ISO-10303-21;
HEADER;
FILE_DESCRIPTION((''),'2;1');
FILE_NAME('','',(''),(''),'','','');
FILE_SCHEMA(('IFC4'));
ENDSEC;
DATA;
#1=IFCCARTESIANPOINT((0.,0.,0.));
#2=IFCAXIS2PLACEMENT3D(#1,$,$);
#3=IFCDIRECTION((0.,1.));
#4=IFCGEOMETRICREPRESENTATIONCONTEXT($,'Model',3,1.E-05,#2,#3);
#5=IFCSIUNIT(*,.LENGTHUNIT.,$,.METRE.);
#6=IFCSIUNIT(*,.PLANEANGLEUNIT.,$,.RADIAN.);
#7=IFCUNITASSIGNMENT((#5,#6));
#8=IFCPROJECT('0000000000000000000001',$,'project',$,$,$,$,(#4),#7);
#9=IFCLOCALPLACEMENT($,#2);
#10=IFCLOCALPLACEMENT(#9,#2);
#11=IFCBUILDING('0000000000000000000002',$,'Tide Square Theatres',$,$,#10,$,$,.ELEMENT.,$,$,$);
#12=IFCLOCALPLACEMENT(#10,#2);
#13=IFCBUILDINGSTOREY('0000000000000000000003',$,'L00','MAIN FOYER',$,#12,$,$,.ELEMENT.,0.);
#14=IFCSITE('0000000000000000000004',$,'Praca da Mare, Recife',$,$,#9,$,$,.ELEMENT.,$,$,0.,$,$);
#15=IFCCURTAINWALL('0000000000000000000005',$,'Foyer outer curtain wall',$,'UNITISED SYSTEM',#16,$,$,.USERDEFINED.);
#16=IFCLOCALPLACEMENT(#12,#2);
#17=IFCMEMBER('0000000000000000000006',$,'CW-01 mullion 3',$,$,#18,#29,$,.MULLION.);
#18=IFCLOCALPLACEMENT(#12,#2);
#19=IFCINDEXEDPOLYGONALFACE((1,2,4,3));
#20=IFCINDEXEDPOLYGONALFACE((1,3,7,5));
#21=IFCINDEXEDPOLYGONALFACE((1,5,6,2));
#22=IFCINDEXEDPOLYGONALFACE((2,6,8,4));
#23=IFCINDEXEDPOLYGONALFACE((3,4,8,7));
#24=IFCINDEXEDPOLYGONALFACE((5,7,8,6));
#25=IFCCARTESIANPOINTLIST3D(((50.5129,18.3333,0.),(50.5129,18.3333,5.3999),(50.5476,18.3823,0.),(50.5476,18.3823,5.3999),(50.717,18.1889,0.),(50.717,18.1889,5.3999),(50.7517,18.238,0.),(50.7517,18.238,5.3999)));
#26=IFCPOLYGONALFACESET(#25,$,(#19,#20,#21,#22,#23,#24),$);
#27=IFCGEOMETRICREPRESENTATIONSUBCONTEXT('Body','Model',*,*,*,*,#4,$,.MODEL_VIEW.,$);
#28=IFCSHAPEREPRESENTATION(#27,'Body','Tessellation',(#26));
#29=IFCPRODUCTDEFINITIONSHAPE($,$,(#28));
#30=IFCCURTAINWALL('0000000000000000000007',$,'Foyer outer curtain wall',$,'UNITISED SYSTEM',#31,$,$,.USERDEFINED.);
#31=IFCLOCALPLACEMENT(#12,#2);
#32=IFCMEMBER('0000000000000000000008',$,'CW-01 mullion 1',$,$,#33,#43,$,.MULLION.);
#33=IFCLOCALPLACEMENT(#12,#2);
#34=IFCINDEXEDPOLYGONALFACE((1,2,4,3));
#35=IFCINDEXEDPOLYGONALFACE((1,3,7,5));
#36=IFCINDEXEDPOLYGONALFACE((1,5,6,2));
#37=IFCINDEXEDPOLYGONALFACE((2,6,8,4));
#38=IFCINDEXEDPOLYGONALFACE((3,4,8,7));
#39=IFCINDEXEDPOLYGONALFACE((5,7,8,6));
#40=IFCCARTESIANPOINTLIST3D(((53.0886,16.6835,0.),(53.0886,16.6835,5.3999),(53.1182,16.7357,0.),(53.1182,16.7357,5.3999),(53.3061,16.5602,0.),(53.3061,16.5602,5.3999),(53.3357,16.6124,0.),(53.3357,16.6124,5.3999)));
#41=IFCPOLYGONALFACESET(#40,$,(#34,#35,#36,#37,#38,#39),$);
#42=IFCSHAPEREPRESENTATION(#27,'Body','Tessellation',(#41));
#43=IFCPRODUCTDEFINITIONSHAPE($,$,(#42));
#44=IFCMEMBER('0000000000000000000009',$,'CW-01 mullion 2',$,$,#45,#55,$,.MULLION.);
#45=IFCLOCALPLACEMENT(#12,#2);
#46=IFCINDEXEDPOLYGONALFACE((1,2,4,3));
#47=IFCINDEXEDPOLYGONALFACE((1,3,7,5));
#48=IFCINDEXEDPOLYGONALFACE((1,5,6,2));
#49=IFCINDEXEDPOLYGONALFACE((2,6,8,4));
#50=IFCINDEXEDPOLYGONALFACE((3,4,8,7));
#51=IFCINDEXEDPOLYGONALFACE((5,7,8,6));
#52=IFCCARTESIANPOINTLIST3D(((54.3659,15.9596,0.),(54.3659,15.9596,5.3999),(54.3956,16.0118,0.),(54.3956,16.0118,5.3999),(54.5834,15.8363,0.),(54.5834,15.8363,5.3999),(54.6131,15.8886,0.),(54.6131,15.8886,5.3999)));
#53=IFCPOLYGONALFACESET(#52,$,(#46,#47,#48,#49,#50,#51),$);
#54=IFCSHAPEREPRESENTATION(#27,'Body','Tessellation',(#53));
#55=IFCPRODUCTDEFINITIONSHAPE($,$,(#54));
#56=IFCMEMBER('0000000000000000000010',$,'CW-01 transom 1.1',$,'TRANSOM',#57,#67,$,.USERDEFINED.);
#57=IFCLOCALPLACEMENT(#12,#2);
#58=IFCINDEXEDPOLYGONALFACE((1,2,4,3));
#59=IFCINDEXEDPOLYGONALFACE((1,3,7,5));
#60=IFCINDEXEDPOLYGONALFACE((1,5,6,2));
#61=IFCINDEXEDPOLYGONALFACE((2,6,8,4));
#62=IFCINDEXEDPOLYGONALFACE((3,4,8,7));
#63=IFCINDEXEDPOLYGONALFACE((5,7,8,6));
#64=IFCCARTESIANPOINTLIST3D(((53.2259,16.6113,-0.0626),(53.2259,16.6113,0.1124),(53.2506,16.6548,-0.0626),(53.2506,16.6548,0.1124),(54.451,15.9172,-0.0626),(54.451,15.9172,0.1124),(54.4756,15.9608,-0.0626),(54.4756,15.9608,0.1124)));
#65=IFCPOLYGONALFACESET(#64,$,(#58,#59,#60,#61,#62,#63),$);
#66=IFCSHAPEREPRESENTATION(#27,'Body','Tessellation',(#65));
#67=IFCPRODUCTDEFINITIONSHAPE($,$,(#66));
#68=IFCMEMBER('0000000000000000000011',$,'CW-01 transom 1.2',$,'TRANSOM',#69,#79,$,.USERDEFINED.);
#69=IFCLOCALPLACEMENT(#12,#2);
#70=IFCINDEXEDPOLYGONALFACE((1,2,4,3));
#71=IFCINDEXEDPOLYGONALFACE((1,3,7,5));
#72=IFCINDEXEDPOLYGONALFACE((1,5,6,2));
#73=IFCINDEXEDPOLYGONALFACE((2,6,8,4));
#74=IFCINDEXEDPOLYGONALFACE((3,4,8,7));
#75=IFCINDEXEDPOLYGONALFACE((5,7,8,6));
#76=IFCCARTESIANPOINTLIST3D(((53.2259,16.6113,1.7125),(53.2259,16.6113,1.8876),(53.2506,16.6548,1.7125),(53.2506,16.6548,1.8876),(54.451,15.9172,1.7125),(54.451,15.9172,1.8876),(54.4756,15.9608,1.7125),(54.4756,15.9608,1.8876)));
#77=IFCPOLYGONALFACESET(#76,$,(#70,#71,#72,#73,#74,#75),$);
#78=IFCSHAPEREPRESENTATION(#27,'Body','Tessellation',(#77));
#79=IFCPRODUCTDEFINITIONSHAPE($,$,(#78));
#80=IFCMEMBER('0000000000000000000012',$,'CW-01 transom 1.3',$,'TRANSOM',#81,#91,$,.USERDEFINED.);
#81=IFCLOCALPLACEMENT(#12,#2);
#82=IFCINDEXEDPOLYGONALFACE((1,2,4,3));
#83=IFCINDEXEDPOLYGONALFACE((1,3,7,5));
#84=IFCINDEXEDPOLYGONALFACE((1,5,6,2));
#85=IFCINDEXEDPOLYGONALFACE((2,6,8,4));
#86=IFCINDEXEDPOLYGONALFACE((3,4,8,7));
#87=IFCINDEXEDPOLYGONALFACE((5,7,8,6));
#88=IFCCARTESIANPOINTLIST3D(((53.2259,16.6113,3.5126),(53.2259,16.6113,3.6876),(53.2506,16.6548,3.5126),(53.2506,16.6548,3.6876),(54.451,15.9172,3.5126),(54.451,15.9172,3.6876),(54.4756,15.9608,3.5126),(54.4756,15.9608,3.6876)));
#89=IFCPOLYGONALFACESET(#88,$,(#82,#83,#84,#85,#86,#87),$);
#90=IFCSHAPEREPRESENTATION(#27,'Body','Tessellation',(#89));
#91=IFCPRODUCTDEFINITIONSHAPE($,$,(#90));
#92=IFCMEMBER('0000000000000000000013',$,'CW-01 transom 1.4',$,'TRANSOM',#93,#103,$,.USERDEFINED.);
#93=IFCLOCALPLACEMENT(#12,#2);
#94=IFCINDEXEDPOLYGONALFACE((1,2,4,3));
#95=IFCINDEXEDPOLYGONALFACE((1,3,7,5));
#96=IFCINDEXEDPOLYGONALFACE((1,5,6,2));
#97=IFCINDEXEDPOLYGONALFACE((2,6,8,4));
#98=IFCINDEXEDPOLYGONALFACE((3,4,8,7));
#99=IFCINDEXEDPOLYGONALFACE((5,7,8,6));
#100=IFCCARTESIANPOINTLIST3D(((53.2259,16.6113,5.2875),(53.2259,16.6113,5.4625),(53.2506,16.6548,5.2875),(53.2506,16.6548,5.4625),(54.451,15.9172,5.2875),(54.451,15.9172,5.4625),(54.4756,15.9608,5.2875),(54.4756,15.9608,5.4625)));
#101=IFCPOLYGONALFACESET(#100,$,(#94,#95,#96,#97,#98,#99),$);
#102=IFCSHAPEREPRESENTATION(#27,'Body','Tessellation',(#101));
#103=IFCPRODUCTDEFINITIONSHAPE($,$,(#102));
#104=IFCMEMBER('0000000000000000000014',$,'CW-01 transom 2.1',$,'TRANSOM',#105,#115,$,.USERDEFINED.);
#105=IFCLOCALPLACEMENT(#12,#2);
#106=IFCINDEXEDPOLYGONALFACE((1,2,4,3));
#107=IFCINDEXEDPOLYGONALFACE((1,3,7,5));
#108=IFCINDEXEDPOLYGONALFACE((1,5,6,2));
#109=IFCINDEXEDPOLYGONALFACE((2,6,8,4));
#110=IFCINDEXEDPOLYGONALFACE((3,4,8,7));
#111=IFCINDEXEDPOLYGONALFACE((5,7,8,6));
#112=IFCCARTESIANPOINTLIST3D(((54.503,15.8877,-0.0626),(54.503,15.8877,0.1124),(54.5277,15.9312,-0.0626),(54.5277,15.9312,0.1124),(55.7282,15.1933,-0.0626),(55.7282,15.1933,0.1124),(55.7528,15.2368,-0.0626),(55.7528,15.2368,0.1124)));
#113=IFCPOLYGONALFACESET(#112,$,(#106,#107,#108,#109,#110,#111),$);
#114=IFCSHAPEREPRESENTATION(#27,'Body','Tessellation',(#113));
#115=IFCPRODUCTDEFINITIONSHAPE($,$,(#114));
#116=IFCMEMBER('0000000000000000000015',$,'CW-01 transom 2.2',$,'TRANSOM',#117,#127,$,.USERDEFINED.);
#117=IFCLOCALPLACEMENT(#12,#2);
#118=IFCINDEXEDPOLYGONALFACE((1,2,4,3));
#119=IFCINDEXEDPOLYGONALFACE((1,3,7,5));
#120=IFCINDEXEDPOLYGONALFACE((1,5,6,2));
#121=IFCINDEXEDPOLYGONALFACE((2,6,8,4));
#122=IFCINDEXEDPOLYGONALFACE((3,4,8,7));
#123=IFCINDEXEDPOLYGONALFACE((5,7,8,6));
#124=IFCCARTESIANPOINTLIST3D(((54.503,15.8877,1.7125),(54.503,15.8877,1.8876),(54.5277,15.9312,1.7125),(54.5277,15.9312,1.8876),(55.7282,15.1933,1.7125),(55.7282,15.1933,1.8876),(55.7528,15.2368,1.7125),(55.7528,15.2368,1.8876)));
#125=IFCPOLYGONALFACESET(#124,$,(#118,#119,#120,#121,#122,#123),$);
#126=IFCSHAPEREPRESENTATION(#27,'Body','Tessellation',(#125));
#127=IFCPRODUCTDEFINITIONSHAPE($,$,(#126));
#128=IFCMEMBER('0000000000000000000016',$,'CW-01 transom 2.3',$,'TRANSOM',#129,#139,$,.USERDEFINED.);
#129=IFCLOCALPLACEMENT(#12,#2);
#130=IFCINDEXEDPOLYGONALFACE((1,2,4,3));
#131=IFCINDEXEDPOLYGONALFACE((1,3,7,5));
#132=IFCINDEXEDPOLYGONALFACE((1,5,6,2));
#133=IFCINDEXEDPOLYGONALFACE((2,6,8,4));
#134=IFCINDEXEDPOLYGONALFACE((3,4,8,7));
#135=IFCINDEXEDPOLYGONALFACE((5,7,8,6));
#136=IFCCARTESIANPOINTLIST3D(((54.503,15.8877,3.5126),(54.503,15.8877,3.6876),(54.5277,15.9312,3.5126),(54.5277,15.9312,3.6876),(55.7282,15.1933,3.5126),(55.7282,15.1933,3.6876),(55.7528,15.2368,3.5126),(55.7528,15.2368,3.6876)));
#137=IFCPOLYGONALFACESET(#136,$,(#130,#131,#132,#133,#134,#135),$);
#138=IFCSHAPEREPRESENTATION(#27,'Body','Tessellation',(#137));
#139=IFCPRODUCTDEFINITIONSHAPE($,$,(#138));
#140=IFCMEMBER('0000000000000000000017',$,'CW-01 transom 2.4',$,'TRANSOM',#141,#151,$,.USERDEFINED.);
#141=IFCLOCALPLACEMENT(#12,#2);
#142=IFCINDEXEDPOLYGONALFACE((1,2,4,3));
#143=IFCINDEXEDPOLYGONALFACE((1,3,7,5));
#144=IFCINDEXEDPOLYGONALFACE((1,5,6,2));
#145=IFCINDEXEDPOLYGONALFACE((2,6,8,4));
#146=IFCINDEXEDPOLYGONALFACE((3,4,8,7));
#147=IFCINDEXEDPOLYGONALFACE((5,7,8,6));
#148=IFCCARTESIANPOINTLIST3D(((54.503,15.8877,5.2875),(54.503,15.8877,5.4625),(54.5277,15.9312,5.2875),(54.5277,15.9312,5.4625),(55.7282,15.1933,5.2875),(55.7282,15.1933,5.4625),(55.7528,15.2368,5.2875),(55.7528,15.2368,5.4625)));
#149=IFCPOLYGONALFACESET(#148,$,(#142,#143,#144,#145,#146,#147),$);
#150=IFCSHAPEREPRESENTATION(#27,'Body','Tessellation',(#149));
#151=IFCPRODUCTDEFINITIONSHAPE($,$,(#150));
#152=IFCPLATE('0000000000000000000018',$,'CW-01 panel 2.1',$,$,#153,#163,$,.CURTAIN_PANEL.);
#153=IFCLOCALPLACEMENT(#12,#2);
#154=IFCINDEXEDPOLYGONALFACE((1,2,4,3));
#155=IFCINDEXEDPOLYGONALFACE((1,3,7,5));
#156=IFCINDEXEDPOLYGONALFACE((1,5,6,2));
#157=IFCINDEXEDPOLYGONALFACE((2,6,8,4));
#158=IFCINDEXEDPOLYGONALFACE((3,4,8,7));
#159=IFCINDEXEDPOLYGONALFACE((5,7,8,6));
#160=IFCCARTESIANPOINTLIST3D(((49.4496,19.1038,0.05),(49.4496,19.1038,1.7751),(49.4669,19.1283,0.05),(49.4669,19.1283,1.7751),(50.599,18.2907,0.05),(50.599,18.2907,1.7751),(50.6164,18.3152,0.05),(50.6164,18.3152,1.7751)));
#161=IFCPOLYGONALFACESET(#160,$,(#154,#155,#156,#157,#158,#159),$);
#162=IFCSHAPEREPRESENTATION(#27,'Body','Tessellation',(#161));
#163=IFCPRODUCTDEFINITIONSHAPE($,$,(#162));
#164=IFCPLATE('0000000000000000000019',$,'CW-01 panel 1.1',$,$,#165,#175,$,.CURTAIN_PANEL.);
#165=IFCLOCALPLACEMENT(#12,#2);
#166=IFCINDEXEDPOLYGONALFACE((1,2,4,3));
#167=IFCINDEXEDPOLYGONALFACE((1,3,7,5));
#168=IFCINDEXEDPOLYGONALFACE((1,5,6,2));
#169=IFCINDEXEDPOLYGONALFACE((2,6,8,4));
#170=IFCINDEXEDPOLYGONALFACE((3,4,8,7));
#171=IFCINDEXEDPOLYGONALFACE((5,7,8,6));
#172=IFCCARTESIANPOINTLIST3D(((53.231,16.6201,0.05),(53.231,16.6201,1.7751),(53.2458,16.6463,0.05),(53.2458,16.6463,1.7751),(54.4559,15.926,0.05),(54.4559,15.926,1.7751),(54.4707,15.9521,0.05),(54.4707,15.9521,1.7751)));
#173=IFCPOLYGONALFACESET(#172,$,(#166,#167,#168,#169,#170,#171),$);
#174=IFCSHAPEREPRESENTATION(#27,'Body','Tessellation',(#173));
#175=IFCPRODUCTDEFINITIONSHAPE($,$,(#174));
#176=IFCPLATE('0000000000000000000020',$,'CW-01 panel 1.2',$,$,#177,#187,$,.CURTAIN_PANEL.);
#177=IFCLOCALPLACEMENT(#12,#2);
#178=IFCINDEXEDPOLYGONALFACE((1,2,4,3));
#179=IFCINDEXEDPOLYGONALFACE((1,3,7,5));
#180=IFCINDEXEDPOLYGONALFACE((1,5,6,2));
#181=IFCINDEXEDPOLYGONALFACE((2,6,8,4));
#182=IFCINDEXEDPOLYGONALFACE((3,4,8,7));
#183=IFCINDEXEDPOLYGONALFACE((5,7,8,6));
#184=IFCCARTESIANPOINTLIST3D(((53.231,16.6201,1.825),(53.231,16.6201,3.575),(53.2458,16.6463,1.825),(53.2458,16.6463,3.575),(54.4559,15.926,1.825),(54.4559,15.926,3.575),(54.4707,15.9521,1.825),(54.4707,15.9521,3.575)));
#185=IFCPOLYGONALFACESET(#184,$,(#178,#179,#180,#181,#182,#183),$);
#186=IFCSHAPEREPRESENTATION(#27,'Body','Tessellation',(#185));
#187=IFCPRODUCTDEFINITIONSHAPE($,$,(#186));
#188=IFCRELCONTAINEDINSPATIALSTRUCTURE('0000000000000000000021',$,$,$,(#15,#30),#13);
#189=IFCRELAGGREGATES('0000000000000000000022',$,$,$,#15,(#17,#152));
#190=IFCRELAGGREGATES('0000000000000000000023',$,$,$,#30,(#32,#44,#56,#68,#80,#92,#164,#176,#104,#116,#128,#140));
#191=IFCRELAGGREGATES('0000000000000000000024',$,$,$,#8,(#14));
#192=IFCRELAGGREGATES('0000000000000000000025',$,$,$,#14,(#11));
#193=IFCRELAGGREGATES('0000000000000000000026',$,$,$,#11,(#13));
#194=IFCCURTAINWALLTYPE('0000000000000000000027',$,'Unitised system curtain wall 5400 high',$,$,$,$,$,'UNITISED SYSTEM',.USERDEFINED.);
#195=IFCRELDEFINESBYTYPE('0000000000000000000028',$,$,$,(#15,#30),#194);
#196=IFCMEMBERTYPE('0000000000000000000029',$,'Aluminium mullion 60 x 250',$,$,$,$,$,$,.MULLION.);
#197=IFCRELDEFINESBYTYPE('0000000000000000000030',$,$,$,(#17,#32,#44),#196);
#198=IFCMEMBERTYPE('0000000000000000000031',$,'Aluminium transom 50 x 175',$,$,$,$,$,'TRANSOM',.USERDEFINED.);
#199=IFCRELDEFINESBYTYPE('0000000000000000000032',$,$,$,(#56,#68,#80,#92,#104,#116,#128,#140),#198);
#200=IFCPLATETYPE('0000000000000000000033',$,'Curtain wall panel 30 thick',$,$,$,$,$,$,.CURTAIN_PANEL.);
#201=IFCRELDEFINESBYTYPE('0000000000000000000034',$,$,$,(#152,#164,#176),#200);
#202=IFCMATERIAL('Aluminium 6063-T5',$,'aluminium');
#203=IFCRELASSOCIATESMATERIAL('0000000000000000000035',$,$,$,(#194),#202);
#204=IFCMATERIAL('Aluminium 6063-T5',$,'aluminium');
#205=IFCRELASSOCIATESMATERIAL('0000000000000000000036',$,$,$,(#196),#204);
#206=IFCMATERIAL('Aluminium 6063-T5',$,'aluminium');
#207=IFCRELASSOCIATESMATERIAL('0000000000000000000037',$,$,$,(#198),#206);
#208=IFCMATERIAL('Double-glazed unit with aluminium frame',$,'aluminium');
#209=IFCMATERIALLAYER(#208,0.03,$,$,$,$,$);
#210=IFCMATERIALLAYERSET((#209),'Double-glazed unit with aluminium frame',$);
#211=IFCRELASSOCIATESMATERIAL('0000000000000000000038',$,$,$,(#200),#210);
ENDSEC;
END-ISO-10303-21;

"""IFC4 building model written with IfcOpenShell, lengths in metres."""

from ifc_helpers import new_model, si_unit, direction, frame, origin, origin_2d, place, context, subcontext, project, spatial, rectangle, extrude, material, layer, layer_set, material_profile, profile_set, type_object, element, aggregate, save


model = new_model("IFC4")

# Units and contexts
model_context = context("Model", 3, precision=1e-05, world=origin(), true_north=direction((0.0, 1.0)))
body_context = subcontext(model_context, "Body", "Model", "MODEL_VIEW")
ifc_project = project(units=[si_unit("LENGTHUNIT", "METRE"), si_unit("PLANEANGLEUNIT", "RADIAN")], contexts=[model_context])

# Site, building, storey
site_placement = place(None, origin())
site = spatial("IfcSite", under=ifc_project, at=site_placement, Name="Praca da Mare, Recife", CompositionType="ELEMENT", RefElevation=0.0)
building_placement = place(site_placement, origin())
building = spatial("IfcBuilding", under=site, at=building_placement, Name="Tide Square Theatres", CompositionType="ELEMENT")
storey_placement = place(building_placement, origin())
storey = spatial("IfcBuildingStorey", under=building, at=storey_placement, Name="L00", Description="MAIN FOYER", CompositionType="ELEMENT", Elevation=0.0)

# Curtain wall, member
ifc_material_1 = material(Name="Aluminium 6063-T5", Category="aluminium")
curtain_wall_type = type_object("IfcCurtainWallType", Name="Unitised system curtain wall 5400 high", ElementType="UNITISED SYSTEM", PredefinedType="USERDEFINED", material=ifc_material_1)
curtain_wall_1_placement = place(storey_placement, origin())
curtain_wall_1 = element("IfcCurtainWall", 1, at=curtain_wall_1_placement, inside=storey, type_object=curtain_wall_type, Name="Foyer outer curtain wall", ObjectType="UNITISED SYSTEM", PredefinedType="USERDEFINED")
ifc_material_2 = material(Name="Aluminium 6063-T5", Category="aluminium")
ifc_material_profile_1 = material_profile(ifc_material_2, rectangle(XDim=0.0601, YDim=0.25, at=origin_2d()))
ifc_profile_set_1 = profile_set([ifc_material_profile_1], Name="Aluminium 6063-T5")
member_type_1 = type_object("IfcMemberType", Name="Aluminium mullion 60 x 250", PredefinedType="MULLION", material=ifc_profile_set_1)
member_1_placement = place(storey_placement, frame((50.6323, 18.2856, 0.0), z_axis=(0.0, 0.0, 1.0), x_axis=(0.577503, 0.816388, 0.0)))
member_1 = element("IfcMember", 2, at=member_1_placement, type_object=member_type_1, Name="CW-01 mullion 3", PredefinedType="MULLION", context=body_context, shape_type="SweptSolid", body=[
    extrude(rectangle(XDim=0.0601, YDim=0.25, at=origin_2d()), origin(), (0.0, 0.0, 1.0), 5.3999),
])

# Curtain wall, members
curtain_wall_2_placement = place(storey_placement, origin())
curtain_wall_2 = element("IfcCurtainWall", 3, at=curtain_wall_2_placement, inside=storey, type_object=curtain_wall_type, Name="Foyer outer curtain wall", ObjectType="UNITISED SYSTEM", PredefinedType="USERDEFINED")
member_2_placement = place(storey_placement, frame((53.2122, 16.6479, 0.0), z_axis=(0.0, 0.0, 1.0), x_axis=(0.493019, 0.870018, 0.0)))
member_2 = element("IfcMember", 4, at=member_2_placement, type_object=member_type_1, Name="CW-01 mullion 1", PredefinedType="MULLION", context=body_context, shape_type="SweptSolid", body=[
    extrude(rectangle(XDim=0.0601, YDim=0.25, at=origin_2d()), origin(), (0.0, 0.0, 1.0), 5.3999),
])
member_3_placement = place(storey_placement, frame((54.4895, 15.9241, 0.0), z_axis=(0.0, 0.0, 1.0), x_axis=(0.493019, 0.870018, 0.0)))
member_3 = element("IfcMember", 5, at=member_3_placement, type_object=member_type_1, Name="CW-01 mullion 2", PredefinedType="MULLION", context=body_context, shape_type="SweptSolid", body=[
    extrude(rectangle(XDim=0.0601, YDim=0.25, at=origin_2d()), origin(), (0.0, 0.0, 1.0), 5.3999),
])
ifc_material_3 = material(Name="Aluminium 6063-T5", Category="aluminium")
ifc_material_profile_2 = material_profile(ifc_material_3, rectangle(XDim=0.05, YDim=0.175, at=origin_2d()))
ifc_profile_set_2 = profile_set([ifc_material_profile_2], Name="Aluminium 6063-T5")
member_type_2 = type_object("IfcMemberType", Name="Aluminium transom 50 x 175", ElementType="TRANSOM", PredefinedType="USERDEFINED", material=ifc_profile_set_2)
member_4_placement = place(storey_placement, frame((53.2383, 16.6331, 0.0249), z_axis=(0.870062, -0.492943, 0.0), x_axis=(0.492943, 0.870062, 0.0)))
member_4 = element("IfcMember", 6, at=member_4_placement, type_object=member_type_2, Name="CW-01 transom 1.1", ObjectType="TRANSOM", PredefinedType="USERDEFINED", context=body_context, shape_type="SweptSolid", body=[
    extrude(rectangle(XDim=0.05, YDim=0.175, at=origin_2d()), origin(), (0.0, 0.0, 1.0), 1.408),
])
member_5_placement = place(storey_placement, frame((53.2383, 16.6331, 1.8), z_axis=(0.870062, -0.492943, 0.0), x_axis=(0.492943, 0.870062, 0.0)))
member_5 = element("IfcMember", 7, at=member_5_placement, type_object=member_type_2, Name="CW-01 transom 1.2", ObjectType="TRANSOM", PredefinedType="USERDEFINED", context=body_context, shape_type="SweptSolid", body=[
    extrude(rectangle(XDim=0.05, YDim=0.175, at=origin_2d()), origin(), (0.0, 0.0, 1.0), 1.408),
])
member_6_placement = place(storey_placement, frame((53.2383, 16.6331, 3.6001), z_axis=(0.870062, -0.492943, 0.0), x_axis=(0.492943, 0.870062, 0.0)))
member_6 = element("IfcMember", 8, at=member_6_placement, type_object=member_type_2, Name="CW-01 transom 1.3", ObjectType="TRANSOM", PredefinedType="USERDEFINED", context=body_context, shape_type="SweptSolid", body=[
    extrude(rectangle(XDim=0.05, YDim=0.175, at=origin_2d()), origin(), (0.0, 0.0, 1.0), 1.408),
])
member_7_placement = place(storey_placement, frame((53.2383, 16.6331, 5.375), z_axis=(0.870062, -0.492943, 0.0), x_axis=(0.492943, 0.870062, 0.0)))
member_7 = element("IfcMember", 9, at=member_7_placement, type_object=member_type_2, Name="CW-01 transom 1.4", ObjectType="TRANSOM", PredefinedType="USERDEFINED", context=body_context, shape_type="SweptSolid", body=[
    extrude(rectangle(XDim=0.05, YDim=0.175, at=origin_2d()), origin(), (0.0, 0.0, 1.0), 1.408),
])
member_8_placement = place(storey_placement, frame((54.5154, 15.9094, 0.0249), z_axis=(0.869987, -0.493074, 0.0), x_axis=(0.493074, 0.869987, 0.0)))
member_8 = element("IfcMember", 10, at=member_8_placement, type_object=member_type_2, Name="CW-01 transom 2.1", ObjectType="TRANSOM", PredefinedType="USERDEFINED", context=body_context, shape_type="SweptSolid", body=[
    extrude(rectangle(XDim=0.05, YDim=0.175, at=origin_2d()), origin(), (0.0, 0.0, 1.0), 1.4082),
])
member_9_placement = place(storey_placement, frame((54.5154, 15.9094, 1.8), z_axis=(0.869987, -0.493074, 0.0), x_axis=(0.493074, 0.869987, 0.0)))
member_9 = element("IfcMember", 11, at=member_9_placement, type_object=member_type_2, Name="CW-01 transom 2.2", ObjectType="TRANSOM", PredefinedType="USERDEFINED", context=body_context, shape_type="SweptSolid", body=[
    extrude(rectangle(XDim=0.05, YDim=0.175, at=origin_2d()), origin(), (0.0, 0.0, 1.0), 1.4082),
])
member_10_placement = place(storey_placement, frame((54.5154, 15.9094, 3.6001), z_axis=(0.869987, -0.493074, 0.0), x_axis=(0.493074, 0.869987, 0.0)))
member_10 = element("IfcMember", 12, at=member_10_placement, type_object=member_type_2, Name="CW-01 transom 2.3", ObjectType="TRANSOM", PredefinedType="USERDEFINED", context=body_context, shape_type="SweptSolid", body=[
    extrude(rectangle(XDim=0.05, YDim=0.175, at=origin_2d()), origin(), (0.0, 0.0, 1.0), 1.4082),
])
member_11_placement = place(storey_placement, frame((54.5154, 15.9094, 5.375), z_axis=(0.869987, -0.493074, 0.0), x_axis=(0.493074, 0.869987, 0.0)))
member_11 = element("IfcMember", 13, at=member_11_placement, type_object=member_type_2, Name="CW-01 transom 2.4", ObjectType="TRANSOM", PredefinedType="USERDEFINED", context=body_context, shape_type="SweptSolid", body=[
    extrude(rectangle(XDim=0.05, YDim=0.175, at=origin_2d()), origin(), (0.0, 0.0, 1.0), 1.4082),
])

# Plates
ifc_material_4 = material(Name="Double-glazed unit with aluminium frame", Category="aluminium")
ifc_layer_1 = layer(ifc_material_4, 0.03)
ifc_layer_set_1 = layer_set([ifc_layer_1], Name="Double-glazed unit with aluminium frame")
plate_type = type_object("IfcPlateType", Name="Curtain wall panel 30 thick", PredefinedType="CURTAIN_PANEL", material=ifc_layer_set_1)
plate_1_placement = place(storey_placement, frame((50.033, 18.7095, 0.05), z_axis=(0.0, 0.0, 1.0), x_axis=(0.816388, -0.577503, 0.0)))
plate_1 = element("IfcPlate", 14, at=plate_1_placement, type_object=plate_type, Name="CW-01 panel 2.1", PredefinedType="CURTAIN_PANEL", context=body_context, shape_type="SweptSolid", body=[
    extrude(rectangle(XDim=1.408, YDim=0.03, at=origin_2d()), origin(), (0.0, 0.0, 1.0), 1.7251),
])
aggregate(curtain_wall_1, [member_1, plate_1])
plate_2_placement = place(storey_placement, frame((53.8508, 16.2861, 0.05), z_axis=(0.0, 0.0, 1.0), x_axis=(0.870018, -0.493019, 0.0)))
plate_2 = element("IfcPlate", 15, at=plate_2_placement, type_object=plate_type, Name="CW-01 panel 1.1", PredefinedType="CURTAIN_PANEL", context=body_context, shape_type="SweptSolid", body=[
    extrude(rectangle(XDim=1.408, YDim=0.03, at=origin_2d()), origin(), (0.0, 0.0, 1.0), 1.7251),
])
plate_3_placement = place(storey_placement, frame((53.8508, 16.2861, 1.825), z_axis=(0.0, 0.0, 1.0), x_axis=(0.870018, -0.493019, 0.0)))
plate_3 = element("IfcPlate", 16, at=plate_3_placement, type_object=plate_type, Name="CW-01 panel 1.2", PredefinedType="CURTAIN_PANEL", context=body_context, shape_type="SweptSolid", body=[
    extrude(rectangle(XDim=1.408, YDim=0.03, at=origin_2d()), origin(), (0.0, 0.0, 1.0), 1.75),
])
aggregate(curtain_wall_2, [member_2, member_3, member_4, member_5, member_6, member_7, plate_2, plate_3, member_8, member_9, member_10, member_11])

save(model, "model.ifc")
